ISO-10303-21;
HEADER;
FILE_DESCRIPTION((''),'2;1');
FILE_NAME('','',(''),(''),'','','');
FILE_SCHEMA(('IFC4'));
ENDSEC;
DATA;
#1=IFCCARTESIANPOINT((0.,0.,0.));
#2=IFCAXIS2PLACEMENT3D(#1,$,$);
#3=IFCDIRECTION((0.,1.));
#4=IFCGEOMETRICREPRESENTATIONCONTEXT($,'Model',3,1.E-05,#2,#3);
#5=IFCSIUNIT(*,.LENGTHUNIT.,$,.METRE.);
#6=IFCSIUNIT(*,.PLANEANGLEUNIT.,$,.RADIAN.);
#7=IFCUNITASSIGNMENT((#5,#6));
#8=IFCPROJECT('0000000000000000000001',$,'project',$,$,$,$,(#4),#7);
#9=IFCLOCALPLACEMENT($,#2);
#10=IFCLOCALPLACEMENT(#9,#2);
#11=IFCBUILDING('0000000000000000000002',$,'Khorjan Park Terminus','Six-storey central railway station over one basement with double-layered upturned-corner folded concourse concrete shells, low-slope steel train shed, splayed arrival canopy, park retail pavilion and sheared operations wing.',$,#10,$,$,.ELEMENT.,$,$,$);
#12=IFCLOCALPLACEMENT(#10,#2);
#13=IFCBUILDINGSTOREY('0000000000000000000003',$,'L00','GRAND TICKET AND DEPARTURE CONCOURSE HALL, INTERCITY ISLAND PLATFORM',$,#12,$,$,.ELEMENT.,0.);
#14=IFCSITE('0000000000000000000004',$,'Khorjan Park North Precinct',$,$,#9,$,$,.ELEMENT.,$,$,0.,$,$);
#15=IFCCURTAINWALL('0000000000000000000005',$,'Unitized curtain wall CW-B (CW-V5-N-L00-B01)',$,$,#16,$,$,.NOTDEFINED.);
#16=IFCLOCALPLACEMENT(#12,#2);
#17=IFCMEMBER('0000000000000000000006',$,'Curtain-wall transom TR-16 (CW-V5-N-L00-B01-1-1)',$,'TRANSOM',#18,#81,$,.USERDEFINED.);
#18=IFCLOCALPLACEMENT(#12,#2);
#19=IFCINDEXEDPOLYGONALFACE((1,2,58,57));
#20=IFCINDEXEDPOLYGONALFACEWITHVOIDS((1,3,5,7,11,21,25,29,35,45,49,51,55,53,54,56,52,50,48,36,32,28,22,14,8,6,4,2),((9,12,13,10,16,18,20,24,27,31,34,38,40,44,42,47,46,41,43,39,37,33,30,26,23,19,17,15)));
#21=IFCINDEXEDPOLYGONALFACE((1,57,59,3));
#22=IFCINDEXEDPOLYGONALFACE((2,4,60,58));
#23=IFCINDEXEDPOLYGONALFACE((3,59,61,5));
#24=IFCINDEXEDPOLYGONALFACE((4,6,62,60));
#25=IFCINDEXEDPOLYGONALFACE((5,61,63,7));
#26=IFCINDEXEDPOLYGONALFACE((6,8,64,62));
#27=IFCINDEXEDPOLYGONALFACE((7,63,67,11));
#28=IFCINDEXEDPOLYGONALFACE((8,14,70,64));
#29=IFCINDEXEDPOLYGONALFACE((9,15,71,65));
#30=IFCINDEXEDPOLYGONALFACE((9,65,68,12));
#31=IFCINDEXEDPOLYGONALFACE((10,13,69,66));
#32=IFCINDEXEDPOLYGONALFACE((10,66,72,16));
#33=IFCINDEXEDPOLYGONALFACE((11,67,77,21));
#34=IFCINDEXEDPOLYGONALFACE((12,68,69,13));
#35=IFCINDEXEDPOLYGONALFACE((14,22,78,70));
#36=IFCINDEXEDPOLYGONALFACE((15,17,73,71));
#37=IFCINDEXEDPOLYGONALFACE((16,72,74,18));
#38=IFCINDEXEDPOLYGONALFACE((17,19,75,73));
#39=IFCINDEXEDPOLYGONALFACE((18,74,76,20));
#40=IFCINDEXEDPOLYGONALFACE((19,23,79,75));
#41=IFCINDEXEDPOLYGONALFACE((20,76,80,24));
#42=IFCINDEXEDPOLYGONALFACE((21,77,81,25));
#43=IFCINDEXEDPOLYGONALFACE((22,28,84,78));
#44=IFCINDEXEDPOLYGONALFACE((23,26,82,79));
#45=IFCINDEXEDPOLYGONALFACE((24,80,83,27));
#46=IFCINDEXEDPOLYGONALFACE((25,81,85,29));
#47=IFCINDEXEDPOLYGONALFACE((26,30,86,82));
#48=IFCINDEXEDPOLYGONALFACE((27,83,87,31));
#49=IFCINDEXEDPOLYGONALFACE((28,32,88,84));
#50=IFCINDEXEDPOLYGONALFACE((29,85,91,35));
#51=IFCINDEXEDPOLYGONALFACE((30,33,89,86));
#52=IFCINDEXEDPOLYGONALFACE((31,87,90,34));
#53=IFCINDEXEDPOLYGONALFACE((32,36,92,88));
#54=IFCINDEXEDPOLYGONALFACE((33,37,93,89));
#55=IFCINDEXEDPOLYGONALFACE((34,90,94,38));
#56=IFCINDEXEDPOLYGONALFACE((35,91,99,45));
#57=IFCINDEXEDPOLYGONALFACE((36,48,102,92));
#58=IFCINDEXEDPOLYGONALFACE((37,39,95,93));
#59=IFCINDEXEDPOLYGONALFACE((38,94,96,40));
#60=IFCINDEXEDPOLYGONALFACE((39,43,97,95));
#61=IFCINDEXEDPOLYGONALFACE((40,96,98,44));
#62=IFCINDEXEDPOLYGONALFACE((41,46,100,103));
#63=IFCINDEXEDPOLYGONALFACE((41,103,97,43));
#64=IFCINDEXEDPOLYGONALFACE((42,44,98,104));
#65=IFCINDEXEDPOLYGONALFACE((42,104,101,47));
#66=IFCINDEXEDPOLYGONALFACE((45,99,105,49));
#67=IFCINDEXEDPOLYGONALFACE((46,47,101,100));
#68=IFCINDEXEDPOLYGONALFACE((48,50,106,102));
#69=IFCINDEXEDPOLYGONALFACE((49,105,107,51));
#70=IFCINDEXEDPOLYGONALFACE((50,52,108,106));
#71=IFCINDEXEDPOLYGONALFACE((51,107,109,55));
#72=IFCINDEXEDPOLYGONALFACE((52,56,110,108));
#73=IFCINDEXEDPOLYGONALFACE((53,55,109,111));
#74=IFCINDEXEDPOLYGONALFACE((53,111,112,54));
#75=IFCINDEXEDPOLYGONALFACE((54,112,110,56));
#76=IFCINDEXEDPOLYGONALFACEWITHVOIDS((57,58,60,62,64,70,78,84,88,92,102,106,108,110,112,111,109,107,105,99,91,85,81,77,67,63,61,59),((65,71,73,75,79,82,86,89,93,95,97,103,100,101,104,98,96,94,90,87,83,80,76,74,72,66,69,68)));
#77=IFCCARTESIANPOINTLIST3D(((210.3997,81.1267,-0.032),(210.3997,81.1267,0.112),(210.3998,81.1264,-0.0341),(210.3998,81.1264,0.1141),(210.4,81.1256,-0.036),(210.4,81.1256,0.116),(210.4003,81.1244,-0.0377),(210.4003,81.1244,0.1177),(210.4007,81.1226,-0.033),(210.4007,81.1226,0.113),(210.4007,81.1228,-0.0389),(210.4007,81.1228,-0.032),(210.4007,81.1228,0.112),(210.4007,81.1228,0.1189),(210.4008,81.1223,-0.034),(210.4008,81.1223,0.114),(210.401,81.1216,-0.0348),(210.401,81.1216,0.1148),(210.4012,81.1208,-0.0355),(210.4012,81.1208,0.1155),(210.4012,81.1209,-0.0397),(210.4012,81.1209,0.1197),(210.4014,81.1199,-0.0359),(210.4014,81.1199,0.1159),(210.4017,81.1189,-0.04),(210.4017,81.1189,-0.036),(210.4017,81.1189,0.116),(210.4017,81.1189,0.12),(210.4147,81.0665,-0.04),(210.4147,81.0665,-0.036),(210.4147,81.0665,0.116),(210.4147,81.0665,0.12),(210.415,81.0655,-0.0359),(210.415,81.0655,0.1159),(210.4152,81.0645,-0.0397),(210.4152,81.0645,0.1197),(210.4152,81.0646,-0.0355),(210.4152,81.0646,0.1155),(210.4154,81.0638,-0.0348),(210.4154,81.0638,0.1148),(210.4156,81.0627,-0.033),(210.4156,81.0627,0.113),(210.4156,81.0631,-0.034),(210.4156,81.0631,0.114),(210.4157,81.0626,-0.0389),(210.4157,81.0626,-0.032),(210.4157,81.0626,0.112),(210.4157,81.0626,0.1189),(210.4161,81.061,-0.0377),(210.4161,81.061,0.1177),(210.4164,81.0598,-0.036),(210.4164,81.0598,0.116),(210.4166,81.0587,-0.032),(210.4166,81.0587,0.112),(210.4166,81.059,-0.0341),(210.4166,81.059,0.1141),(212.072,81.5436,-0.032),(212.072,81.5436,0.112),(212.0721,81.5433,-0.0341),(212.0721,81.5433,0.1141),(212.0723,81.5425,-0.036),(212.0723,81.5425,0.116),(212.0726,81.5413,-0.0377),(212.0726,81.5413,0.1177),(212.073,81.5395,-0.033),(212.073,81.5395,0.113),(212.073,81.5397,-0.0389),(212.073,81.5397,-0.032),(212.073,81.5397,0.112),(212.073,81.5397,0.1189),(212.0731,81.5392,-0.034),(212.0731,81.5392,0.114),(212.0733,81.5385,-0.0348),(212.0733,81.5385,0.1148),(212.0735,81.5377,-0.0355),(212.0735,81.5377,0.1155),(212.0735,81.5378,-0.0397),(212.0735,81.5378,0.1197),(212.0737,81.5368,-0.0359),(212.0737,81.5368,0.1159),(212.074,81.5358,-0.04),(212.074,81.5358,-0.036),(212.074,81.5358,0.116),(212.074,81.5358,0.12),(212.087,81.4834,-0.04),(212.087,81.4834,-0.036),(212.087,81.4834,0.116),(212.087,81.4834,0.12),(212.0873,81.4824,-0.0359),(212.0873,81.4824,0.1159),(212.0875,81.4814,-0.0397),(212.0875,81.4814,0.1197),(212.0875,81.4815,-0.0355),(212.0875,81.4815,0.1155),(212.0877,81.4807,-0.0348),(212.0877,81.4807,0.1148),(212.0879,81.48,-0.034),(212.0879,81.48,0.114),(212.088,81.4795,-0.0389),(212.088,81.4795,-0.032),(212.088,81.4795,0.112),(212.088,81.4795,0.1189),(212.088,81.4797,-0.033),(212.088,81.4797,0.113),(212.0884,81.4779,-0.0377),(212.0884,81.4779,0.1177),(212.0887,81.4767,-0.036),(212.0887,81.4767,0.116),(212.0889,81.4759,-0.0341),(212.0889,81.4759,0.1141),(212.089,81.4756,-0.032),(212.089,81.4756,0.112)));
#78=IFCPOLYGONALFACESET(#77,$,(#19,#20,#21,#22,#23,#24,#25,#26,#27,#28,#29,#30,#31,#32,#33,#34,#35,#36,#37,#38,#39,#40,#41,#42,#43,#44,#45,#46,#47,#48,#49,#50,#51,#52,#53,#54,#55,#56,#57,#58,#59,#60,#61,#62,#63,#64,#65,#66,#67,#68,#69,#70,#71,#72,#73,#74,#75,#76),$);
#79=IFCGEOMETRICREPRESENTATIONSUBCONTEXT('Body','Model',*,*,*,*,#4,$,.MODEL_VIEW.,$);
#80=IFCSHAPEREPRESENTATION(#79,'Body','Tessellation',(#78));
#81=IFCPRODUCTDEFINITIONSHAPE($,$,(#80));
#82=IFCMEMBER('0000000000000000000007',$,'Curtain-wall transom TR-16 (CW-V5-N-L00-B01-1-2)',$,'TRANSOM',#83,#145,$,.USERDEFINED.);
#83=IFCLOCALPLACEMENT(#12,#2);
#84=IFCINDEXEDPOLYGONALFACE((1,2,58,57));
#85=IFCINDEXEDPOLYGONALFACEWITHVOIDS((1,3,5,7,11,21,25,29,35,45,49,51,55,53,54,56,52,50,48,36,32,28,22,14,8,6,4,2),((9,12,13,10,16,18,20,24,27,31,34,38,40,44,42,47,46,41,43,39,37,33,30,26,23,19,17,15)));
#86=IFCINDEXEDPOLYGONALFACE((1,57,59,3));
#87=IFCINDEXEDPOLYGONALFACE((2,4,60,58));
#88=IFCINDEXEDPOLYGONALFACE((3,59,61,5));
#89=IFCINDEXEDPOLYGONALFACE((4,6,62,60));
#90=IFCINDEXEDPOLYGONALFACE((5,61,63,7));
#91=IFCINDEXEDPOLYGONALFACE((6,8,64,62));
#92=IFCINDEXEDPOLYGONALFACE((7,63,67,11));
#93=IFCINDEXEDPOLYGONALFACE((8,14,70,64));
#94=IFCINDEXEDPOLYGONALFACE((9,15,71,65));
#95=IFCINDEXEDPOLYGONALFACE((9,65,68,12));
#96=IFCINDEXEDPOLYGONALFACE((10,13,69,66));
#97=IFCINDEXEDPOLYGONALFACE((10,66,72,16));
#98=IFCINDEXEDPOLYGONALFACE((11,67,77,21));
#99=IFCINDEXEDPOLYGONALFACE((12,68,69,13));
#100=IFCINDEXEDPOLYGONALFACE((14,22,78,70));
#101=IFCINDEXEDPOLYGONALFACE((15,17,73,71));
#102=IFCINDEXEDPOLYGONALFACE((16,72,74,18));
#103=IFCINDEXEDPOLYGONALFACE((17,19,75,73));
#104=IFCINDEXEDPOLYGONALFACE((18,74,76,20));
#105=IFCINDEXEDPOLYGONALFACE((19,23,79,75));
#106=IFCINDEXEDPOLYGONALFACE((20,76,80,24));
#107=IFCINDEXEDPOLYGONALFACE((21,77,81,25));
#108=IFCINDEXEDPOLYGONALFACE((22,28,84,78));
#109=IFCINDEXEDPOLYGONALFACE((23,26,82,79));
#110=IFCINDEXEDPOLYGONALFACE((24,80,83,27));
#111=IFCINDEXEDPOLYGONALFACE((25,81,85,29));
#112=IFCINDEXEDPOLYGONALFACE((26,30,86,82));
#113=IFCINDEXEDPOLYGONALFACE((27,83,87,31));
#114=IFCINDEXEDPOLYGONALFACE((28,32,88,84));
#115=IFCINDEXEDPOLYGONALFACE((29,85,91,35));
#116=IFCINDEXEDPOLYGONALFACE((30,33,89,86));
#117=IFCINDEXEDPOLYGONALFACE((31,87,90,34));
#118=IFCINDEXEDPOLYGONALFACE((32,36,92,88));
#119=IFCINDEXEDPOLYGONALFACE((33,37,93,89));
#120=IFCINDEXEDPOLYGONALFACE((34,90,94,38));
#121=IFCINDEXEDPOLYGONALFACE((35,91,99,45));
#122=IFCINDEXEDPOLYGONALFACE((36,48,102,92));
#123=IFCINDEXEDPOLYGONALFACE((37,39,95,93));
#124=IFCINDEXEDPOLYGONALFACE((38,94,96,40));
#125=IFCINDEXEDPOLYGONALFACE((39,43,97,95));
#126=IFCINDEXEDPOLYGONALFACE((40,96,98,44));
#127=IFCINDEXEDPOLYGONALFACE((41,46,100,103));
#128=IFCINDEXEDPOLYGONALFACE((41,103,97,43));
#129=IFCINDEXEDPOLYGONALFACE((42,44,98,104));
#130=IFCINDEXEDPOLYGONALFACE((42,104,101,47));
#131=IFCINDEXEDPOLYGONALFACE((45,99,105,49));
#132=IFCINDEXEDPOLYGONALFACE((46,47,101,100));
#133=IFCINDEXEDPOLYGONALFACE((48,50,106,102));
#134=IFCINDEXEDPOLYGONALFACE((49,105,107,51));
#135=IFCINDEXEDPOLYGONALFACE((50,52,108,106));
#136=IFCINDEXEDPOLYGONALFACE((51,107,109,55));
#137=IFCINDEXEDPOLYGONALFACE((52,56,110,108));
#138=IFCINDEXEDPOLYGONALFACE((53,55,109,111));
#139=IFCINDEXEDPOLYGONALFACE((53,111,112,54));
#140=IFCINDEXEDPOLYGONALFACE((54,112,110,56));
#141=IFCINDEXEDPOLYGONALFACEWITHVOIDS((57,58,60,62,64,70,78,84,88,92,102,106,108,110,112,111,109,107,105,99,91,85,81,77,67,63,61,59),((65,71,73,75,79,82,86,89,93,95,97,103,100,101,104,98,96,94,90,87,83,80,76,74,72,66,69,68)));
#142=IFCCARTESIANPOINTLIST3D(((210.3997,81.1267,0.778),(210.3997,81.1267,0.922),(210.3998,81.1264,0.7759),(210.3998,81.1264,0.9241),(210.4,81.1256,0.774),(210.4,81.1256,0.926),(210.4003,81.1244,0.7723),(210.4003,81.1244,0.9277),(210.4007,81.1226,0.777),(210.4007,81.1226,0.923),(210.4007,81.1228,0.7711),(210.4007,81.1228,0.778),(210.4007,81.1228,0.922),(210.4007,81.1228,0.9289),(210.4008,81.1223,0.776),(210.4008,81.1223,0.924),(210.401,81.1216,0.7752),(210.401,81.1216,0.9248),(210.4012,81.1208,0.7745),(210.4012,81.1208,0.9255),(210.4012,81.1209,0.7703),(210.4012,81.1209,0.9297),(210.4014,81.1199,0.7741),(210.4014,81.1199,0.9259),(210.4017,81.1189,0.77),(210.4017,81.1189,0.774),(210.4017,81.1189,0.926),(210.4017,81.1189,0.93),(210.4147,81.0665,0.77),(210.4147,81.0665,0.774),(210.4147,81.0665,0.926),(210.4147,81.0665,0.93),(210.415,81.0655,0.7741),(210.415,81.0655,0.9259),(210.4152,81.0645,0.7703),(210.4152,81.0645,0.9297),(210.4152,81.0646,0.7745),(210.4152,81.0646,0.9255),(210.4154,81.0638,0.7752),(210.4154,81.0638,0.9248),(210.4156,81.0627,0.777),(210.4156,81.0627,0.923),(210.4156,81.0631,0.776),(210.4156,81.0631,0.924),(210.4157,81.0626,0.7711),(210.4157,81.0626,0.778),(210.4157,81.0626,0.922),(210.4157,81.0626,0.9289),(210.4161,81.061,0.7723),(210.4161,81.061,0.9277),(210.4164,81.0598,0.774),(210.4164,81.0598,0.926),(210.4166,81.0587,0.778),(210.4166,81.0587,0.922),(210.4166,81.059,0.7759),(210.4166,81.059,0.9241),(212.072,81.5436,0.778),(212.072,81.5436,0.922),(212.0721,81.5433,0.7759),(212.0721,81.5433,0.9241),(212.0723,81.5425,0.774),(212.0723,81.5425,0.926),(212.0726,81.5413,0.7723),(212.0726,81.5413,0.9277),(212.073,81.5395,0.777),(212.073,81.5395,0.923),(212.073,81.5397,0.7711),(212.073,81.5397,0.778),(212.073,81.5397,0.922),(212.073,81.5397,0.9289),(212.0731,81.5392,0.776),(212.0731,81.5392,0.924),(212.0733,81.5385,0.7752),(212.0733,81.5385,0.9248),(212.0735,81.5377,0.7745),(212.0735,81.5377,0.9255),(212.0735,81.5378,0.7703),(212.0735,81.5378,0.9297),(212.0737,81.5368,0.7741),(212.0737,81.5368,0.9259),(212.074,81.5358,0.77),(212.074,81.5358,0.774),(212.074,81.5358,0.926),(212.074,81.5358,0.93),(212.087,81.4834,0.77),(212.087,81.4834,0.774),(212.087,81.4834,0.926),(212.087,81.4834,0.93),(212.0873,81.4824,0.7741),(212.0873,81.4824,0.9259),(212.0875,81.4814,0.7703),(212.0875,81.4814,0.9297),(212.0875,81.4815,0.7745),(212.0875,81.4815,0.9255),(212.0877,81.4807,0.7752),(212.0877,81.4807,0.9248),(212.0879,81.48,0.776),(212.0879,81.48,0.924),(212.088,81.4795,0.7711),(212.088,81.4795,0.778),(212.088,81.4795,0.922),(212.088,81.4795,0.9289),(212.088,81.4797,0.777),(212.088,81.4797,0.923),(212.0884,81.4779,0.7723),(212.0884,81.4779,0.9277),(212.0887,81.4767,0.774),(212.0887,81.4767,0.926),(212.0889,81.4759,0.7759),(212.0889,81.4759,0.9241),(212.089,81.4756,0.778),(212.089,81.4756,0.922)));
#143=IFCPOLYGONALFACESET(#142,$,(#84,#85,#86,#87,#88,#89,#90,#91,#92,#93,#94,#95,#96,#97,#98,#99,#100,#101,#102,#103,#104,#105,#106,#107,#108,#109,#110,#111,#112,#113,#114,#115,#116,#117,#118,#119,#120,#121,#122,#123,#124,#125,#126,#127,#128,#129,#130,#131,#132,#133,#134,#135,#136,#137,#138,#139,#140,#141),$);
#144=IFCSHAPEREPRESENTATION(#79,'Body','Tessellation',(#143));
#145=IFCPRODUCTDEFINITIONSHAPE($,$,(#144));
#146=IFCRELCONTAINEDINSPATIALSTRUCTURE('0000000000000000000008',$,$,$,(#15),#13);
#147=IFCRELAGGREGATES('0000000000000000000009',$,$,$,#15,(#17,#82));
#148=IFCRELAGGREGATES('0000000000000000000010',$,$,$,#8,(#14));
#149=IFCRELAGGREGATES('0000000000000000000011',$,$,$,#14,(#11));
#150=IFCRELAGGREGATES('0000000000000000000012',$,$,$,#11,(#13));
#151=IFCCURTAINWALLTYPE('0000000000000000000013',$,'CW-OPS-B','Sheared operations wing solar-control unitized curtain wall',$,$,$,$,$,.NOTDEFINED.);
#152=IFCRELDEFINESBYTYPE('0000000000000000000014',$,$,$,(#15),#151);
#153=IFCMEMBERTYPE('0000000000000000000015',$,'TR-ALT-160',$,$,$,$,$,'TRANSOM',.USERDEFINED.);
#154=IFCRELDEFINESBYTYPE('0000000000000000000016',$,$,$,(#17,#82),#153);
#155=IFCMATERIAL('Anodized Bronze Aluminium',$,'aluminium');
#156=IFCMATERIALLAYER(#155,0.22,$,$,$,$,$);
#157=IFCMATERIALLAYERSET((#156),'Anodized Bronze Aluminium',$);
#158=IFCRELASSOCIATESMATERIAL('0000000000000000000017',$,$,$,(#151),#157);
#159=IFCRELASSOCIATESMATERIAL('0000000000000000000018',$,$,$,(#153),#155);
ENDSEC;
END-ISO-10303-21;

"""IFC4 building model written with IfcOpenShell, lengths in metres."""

from ifc_helpers import new_model, si_unit, direction, frame, origin, origin_2d, place, context, subcontext, project, spatial, hollow_rectangle, extrude, material, layer, layer_set, material_profile, profile_set, type_object, element, aggregate, save


model = new_model("IFC4")

# Units and contexts
model_context = context("Model", 3, precision=1e-05, world=origin(), true_north=direction((0.0, 1.0)))
body_context = subcontext(model_context, "Body", "Model", "MODEL_VIEW")
ifc_project = project(units=[si_unit("LENGTHUNIT", "METRE"), si_unit("PLANEANGLEUNIT", "RADIAN")], contexts=[model_context])

# Site, building, storey
site_placement = place(None, origin())
site = spatial("IfcSite", under=ifc_project, at=site_placement, Name="Khorjan Park North Precinct", CompositionType="ELEMENT", RefElevation=0.0)
building_placement = place(site_placement, origin())
building = spatial("IfcBuilding", under=site, at=building_placement, Name="Khorjan Park Terminus", Description="Six-storey central railway station over one basement with double-layered upturned-corner folded concourse concrete shells, low-slope steel train shed, splayed arrival canopy, park retail pavilion and sheared operations wing.", CompositionType="ELEMENT")
storey_placement = place(building_placement, origin())
storey = spatial("IfcBuildingStorey", under=building, at=storey_placement, Name="L00", Description="GRAND TICKET AND DEPARTURE CONCOURSE HALL, INTERCITY ISLAND PLATFORM", CompositionType="ELEMENT", Elevation=0.0)

# Curtain wall, members
ifc_material_1 = material(Name="Anodized Bronze Aluminium", Category="aluminium")
ifc_layer_1 = layer(ifc_material_1, 0.22)
ifc_layer_set_1 = layer_set([ifc_layer_1], Name="Anodized Bronze Aluminium")
curtain_wall_type = type_object("IfcCurtainWallType", Name="CW-OPS-B", Description="Sheared operations wing solar-control unitized curtain wall", PredefinedType="NOTDEFINED", material=ifc_layer_set_1)
curtain_wall_placement = place(storey_placement, origin())
curtain_wall = element("IfcCurtainWall", 1, at=curtain_wall_placement, inside=storey, type_object=curtain_wall_type, Name="Unitized curtain wall CW-B (CW-V5-N-L00-B01)", PredefinedType="NOTDEFINED")
ifc_material_profile_1 = material_profile(ifc_material_1, hollow_rectangle(XDim=0.07, YDim=0.16, WallThickness=0.004, InnerFilletRadius=0.004, OuterFilletRadius=0.008, at=origin_2d()), Name="ALT 70x160x4")
ifc_profile_set_1 = profile_set([ifc_material_profile_1], Name="Anodized Bronze Aluminium")
member_type_1 = type_object("IfcMemberType", Name="TR-ALT-160", ElementType="TRANSOM", PredefinedType="USERDEFINED", material=ifc_profile_set_1)
member_1_placement = place(storey_placement, frame((212.0805, 81.5096, 0.04), z_axis=(-0.970303, -0.241894, 0.0), x_axis=(0.241894, -0.970303, 0.0)))
member_1 = element("IfcMember", 2, at=member_1_placement, type_object=member_type_1, Name="Curtain-wall transom TR-16 (CW-V5-N-L00-B01-1-1)", ObjectType="TRANSOM", PredefinedType="USERDEFINED", context=body_context, shape_type="SweptSolid", body=[
    extrude(hollow_rectangle(XDim=0.07, YDim=0.16, WallThickness=0.004, InnerFilletRadius=0.004, OuterFilletRadius=0.008, at=origin_2d()), origin(), (0.0, 0.0, 1.0), 1.7235),
])
member_2_placement = place(storey_placement, frame((212.0805, 81.5096, 0.85), z_axis=(-0.970303, -0.241894, 0.0), x_axis=(0.241894, -0.970303, 0.0)))
member_2 = element("IfcMember", 3, at=member_2_placement, type_object=member_type_1, Name="Curtain-wall transom TR-16 (CW-V5-N-L00-B01-1-2)", ObjectType="TRANSOM", PredefinedType="USERDEFINED", context=body_context, shape_type="SweptSolid", body=[
    extrude(hollow_rectangle(XDim=0.07, YDim=0.16, WallThickness=0.004, InnerFilletRadius=0.004, OuterFilletRadius=0.008, at=origin_2d()), origin(), (0.0, 0.0, 1.0), 1.7235),
])
aggregate(curtain_wall, [member_1, member_2])

save(model, "model.ifc")
